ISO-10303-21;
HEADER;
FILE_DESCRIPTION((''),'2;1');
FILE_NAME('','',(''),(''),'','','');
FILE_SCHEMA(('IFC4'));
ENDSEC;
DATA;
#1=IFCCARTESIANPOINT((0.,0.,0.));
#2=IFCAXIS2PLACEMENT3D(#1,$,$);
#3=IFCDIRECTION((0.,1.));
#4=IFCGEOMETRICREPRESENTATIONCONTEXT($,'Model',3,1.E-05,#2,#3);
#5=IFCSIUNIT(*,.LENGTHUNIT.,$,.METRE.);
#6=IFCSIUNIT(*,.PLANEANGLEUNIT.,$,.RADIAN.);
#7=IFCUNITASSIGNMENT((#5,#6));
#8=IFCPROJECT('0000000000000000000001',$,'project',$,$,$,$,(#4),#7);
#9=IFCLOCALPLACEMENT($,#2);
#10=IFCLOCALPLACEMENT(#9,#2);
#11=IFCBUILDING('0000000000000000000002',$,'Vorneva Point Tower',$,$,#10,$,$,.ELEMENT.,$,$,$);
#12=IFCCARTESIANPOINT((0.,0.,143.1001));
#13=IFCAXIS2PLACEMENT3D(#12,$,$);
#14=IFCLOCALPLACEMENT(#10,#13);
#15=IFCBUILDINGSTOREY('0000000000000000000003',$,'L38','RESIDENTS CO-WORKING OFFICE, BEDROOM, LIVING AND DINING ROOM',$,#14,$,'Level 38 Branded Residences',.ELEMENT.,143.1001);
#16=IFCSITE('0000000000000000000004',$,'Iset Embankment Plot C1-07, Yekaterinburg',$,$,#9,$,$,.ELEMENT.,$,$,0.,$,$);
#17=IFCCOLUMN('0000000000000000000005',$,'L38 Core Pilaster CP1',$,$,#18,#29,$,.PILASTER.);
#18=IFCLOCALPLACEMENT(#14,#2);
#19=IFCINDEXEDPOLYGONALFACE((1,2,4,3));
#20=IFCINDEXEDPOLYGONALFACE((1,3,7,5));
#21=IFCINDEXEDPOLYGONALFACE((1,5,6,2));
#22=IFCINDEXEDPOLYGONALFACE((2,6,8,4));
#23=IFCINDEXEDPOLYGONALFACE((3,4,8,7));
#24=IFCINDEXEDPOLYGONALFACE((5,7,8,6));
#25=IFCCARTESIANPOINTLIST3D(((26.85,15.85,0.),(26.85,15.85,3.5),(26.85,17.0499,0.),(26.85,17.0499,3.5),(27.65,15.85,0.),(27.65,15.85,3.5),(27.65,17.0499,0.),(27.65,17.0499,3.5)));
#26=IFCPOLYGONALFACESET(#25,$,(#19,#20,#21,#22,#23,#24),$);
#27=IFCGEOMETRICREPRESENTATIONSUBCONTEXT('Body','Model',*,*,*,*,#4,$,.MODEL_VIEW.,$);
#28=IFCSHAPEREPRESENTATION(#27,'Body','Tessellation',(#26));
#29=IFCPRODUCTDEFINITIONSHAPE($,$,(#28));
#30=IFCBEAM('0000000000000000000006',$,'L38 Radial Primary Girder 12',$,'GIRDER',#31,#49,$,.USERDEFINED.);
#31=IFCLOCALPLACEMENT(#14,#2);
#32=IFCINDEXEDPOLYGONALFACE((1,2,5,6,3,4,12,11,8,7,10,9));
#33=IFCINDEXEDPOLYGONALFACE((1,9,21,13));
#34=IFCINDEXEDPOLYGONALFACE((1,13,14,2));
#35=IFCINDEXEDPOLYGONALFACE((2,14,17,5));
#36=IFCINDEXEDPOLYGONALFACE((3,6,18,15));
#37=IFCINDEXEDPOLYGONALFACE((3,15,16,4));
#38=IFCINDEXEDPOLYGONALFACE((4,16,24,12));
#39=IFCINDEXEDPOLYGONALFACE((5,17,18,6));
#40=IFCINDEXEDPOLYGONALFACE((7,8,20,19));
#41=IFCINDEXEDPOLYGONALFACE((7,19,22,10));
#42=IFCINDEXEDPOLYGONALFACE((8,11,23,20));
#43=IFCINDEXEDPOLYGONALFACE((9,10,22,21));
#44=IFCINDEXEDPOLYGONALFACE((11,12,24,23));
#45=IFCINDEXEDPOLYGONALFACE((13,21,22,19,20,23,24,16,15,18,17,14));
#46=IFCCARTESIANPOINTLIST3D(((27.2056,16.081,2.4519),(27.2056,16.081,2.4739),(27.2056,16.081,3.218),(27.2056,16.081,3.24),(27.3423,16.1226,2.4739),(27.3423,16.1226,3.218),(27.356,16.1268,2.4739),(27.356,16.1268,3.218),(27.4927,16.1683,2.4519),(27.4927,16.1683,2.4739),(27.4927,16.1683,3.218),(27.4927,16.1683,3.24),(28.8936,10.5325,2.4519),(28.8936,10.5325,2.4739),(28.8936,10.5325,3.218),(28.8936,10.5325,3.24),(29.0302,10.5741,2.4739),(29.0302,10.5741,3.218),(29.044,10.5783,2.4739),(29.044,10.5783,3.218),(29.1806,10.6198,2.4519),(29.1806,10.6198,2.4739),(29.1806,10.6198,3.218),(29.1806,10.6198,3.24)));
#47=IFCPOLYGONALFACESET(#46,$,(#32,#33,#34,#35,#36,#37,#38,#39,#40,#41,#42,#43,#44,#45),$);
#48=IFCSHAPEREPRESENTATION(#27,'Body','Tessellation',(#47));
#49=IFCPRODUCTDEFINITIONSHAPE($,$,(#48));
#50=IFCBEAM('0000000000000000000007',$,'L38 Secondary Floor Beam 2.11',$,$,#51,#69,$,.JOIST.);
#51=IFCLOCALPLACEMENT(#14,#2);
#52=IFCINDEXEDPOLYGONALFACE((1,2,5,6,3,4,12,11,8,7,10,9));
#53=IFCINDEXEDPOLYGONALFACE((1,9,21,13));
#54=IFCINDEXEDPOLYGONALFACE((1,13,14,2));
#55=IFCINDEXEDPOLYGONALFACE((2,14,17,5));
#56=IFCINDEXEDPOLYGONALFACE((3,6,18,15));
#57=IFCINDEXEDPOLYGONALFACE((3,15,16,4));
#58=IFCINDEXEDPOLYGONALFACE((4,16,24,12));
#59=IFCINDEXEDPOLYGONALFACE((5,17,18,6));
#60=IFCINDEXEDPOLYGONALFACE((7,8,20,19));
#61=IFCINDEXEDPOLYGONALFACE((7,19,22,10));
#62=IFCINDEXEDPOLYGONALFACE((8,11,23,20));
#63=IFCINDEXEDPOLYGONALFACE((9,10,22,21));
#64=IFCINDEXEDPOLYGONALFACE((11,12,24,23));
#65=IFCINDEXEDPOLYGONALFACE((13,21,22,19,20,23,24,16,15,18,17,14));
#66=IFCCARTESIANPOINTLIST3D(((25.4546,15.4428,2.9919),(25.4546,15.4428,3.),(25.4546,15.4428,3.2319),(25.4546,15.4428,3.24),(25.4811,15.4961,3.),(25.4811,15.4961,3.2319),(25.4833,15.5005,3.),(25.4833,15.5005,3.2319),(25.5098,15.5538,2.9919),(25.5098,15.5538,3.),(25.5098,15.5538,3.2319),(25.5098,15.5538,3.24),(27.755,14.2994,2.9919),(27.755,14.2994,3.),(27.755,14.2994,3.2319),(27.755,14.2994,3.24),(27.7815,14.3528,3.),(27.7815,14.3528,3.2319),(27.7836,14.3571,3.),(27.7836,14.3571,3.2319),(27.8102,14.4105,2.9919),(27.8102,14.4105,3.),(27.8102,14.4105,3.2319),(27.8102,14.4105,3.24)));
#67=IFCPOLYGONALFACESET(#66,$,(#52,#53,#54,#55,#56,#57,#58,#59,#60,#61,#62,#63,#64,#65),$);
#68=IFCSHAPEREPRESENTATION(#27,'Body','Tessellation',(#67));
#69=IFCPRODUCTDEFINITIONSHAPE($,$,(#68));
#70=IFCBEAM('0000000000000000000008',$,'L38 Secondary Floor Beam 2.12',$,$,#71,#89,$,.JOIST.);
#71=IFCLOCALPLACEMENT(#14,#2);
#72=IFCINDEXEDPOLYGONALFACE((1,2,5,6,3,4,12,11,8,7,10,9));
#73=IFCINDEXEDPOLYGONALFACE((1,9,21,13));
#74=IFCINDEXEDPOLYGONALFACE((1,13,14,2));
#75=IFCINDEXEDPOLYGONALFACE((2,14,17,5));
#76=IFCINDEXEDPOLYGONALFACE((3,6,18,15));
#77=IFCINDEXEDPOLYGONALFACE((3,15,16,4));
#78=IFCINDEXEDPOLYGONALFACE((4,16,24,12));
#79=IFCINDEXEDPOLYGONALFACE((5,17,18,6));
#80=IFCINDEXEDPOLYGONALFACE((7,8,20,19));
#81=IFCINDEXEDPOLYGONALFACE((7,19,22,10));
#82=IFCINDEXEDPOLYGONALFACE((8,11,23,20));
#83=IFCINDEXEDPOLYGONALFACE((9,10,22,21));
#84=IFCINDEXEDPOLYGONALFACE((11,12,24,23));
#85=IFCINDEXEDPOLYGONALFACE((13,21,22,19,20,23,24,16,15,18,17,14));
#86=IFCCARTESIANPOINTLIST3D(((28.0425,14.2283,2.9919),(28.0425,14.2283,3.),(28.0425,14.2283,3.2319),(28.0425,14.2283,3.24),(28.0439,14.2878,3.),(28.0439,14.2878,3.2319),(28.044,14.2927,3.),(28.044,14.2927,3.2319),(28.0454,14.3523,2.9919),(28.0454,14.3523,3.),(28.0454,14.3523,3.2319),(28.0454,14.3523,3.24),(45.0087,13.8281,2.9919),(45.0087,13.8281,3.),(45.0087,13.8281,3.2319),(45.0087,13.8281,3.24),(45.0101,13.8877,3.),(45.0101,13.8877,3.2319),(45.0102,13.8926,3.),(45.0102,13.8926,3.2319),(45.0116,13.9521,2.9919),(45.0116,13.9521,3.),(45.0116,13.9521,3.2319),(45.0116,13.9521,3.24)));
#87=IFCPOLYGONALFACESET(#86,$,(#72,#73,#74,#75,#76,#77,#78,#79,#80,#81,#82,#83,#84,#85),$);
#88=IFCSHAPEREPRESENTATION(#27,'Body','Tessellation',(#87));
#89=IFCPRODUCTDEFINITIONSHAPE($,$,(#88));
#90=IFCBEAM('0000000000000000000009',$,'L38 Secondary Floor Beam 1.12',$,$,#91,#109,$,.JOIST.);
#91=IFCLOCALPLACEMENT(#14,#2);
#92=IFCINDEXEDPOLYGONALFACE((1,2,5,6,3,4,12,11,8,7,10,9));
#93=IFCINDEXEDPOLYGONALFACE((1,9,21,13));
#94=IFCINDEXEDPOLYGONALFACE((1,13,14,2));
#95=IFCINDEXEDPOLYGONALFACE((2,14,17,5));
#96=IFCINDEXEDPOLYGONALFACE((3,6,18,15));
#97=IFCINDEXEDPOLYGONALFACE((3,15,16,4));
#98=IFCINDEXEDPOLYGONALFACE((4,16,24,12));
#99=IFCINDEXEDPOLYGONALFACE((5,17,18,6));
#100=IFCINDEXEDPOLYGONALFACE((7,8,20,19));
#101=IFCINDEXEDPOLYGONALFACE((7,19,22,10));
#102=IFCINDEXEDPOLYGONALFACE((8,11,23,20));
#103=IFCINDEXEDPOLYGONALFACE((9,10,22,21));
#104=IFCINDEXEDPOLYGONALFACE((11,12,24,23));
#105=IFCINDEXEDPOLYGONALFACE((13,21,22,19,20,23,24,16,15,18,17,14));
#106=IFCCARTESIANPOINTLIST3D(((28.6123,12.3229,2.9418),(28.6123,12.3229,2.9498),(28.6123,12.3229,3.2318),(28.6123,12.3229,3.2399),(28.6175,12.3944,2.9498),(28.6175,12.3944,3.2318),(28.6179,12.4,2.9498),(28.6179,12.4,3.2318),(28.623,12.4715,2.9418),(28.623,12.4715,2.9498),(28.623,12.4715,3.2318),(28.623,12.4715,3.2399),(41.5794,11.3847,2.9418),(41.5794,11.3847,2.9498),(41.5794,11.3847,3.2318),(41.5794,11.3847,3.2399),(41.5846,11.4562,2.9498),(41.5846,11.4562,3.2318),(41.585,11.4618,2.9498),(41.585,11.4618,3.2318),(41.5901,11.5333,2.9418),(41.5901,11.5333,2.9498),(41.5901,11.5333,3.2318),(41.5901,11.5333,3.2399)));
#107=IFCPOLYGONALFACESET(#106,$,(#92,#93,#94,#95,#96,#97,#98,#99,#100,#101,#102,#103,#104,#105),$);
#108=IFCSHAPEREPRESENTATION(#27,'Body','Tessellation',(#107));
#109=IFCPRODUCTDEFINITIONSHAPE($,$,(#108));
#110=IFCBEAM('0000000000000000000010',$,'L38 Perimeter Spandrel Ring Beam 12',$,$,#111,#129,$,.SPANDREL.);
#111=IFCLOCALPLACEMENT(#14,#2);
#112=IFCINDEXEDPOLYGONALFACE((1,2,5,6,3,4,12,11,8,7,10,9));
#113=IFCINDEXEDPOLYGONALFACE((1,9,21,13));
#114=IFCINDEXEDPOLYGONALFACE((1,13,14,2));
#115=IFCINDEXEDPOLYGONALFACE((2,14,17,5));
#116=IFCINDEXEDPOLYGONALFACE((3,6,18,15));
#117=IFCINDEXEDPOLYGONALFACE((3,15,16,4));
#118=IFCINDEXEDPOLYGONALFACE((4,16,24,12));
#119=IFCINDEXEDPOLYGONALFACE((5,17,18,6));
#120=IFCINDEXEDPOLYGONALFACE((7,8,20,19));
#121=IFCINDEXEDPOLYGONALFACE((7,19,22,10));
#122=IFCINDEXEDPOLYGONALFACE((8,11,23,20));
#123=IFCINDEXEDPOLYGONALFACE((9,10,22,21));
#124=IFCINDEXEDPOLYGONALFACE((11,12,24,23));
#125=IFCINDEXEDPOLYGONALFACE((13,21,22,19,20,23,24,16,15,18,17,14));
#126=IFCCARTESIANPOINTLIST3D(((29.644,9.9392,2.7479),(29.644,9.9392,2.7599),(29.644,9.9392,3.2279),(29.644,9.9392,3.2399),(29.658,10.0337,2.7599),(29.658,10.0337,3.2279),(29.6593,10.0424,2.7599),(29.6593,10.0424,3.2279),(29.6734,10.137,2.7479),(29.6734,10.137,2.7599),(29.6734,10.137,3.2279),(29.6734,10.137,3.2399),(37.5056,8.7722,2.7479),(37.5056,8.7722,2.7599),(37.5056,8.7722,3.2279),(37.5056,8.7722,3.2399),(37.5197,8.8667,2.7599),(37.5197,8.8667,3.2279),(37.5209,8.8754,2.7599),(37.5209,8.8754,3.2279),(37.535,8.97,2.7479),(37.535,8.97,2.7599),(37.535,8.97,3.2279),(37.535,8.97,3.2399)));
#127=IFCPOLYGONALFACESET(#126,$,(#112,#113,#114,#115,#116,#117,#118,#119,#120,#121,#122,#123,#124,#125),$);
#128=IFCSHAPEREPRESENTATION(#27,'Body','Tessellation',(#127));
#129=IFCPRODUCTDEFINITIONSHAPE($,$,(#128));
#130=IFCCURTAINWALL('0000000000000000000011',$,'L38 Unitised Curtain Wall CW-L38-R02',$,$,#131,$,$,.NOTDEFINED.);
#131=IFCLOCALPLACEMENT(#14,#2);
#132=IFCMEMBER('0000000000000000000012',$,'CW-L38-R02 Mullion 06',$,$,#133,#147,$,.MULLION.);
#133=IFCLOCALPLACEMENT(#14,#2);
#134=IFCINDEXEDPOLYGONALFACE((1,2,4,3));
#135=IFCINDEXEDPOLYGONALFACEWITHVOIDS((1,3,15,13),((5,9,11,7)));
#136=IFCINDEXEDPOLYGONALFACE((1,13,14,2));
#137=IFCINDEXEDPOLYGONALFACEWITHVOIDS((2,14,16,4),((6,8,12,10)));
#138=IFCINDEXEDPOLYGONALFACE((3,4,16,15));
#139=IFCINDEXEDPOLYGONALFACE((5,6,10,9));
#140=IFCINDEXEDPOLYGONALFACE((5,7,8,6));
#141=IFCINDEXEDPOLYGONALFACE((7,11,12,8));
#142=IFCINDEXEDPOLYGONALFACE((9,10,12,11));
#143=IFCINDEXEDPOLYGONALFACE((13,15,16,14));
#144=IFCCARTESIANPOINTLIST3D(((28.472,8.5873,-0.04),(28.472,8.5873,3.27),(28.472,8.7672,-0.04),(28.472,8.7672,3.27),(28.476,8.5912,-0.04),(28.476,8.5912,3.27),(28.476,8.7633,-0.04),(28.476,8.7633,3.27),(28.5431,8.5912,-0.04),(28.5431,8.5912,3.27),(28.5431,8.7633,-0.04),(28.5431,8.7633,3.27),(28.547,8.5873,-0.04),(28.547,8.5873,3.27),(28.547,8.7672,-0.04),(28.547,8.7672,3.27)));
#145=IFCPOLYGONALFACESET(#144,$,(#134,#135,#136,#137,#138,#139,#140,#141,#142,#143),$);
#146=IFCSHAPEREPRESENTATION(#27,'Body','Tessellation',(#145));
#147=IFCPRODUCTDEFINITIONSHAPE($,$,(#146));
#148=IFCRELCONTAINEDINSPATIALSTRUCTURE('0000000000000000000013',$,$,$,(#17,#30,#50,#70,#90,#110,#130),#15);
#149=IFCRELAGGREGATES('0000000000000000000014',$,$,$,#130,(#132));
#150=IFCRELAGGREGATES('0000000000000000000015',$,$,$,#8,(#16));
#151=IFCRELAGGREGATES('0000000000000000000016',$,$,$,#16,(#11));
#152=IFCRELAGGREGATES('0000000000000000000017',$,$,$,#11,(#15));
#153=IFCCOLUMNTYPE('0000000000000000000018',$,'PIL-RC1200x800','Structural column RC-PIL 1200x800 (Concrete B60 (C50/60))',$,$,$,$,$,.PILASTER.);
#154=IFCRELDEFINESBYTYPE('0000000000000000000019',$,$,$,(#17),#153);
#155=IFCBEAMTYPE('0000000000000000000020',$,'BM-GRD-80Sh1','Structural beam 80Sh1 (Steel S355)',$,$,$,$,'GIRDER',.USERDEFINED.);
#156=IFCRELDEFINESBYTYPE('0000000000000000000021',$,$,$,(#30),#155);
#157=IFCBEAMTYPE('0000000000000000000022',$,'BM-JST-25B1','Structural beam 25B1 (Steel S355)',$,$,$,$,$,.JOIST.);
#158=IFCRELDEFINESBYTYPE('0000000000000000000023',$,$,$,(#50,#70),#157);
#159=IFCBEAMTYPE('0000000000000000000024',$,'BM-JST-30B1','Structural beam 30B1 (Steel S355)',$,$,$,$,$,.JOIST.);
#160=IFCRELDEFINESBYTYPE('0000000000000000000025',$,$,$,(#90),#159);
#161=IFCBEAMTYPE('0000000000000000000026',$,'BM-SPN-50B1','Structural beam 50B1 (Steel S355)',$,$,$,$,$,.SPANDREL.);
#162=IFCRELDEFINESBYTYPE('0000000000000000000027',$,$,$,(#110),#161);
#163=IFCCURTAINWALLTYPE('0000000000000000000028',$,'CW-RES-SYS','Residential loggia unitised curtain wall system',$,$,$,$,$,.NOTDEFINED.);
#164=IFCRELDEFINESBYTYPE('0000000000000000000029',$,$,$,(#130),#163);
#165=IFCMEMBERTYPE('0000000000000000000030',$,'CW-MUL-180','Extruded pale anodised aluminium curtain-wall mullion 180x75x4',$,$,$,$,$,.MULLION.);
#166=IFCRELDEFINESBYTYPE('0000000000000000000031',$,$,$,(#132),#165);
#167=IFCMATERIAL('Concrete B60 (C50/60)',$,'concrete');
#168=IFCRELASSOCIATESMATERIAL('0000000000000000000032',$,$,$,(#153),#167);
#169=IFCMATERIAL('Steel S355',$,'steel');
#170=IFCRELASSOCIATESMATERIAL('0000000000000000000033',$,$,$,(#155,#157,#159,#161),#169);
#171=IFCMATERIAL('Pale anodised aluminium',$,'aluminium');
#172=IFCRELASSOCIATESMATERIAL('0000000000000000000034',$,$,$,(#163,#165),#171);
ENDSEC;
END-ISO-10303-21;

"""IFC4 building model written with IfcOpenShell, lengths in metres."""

from ifc_helpers import new_model, si_unit, direction, frame, origin, origin_2d, place, context, subcontext, project, spatial, rectangle, hollow_rectangle, i_section, extrude, material, material_profile, profile_set, type_object, element, aggregate, save


model = new_model("IFC4")

# Units and contexts
model_context = context("Model", 3, precision=1e-05, world=origin(), true_north=direction((0.0, 1.0)))
body_context = subcontext(model_context, "Body", "Model", "MODEL_VIEW")
ifc_project = project(units=[si_unit("LENGTHUNIT", "METRE"), si_unit("PLANEANGLEUNIT", "RADIAN")], contexts=[model_context])

# Site, building, storey
site_placement = place(None, origin())
site = spatial("IfcSite", under=ifc_project, at=site_placement, Name="Iset Embankment Plot C1-07, Yekaterinburg", CompositionType="ELEMENT", RefElevation=0.0)
building_placement = place(site_placement, origin())
building = spatial("IfcBuilding", under=site, at=building_placement, Name="Vorneva Point Tower", CompositionType="ELEMENT")
storey_placement = place(building_placement, frame((0.0, 0.0, 143.1001)))
storey = spatial("IfcBuildingStorey", under=building, at=storey_placement, Name="L38", Description="RESIDENTS CO-WORKING OFFICE, BEDROOM, LIVING AND DINING ROOM", LongName="Level 38 Branded Residences", CompositionType="ELEMENT", Elevation=143.1001)

# Column
ifc_material_1 = material(Name="Concrete B60 (C50/60)", Category="concrete")
ifc_material_profile_1 = material_profile(ifc_material_1, rectangle(XDim=0.8, YDim=1.2, at=origin_2d()), Name="RC-PIL 1200x800")
ifc_profile_set_1 = profile_set([ifc_material_profile_1], Name="Concrete B60 (C50/60)")
column_type_1 = type_object("IfcColumnType", Name="PIL-RC1200x800", Description="Structural column RC-PIL 1200x800 (Concrete B60 (C50/60))", PredefinedType="PILASTER", material=ifc_profile_set_1)
column_1_placement = place(storey_placement, frame((27.25, 16.45, 0.0), z_axis=(0.0, 0.0, 1.0), x_axis=(1.0, 0.0, 0.0)))
element("IfcColumn", 1, at=column_1_placement, inside=storey, type_object=column_type_1, Name="L38 Core Pilaster CP1", PredefinedType="PILASTER", context=body_context, shape_type="SweptSolid", body=[
    extrude(rectangle(XDim=0.8, YDim=1.2, at=origin_2d()), origin(), (0.0, 0.0, 1.0), 3.5),
])

# Beams
ifc_material_2 = material(Name="Steel S355", Category="steel")
ifc_material_profile_2 = material_profile(ifc_material_2, i_section(OverallWidth=0.3, OverallDepth=0.7881, WebThickness=0.0144, FlangeThickness=0.022, at=origin_2d()), Name="80Sh1")
ifc_profile_set_2 = profile_set([ifc_material_profile_2], Name="Steel S355")
beam_type_1 = type_object("IfcBeamType", Name="BM-GRD-80Sh1", Description="Structural beam 80Sh1 (Steel S355)", ElementType="GIRDER", PredefinedType="USERDEFINED", material=ifc_profile_set_2)
beam_1_placement = place(storey_placement, frame((29.0371, 10.5762, 2.8459), z_axis=(-0.291049, 0.956708, 0.0), x_axis=(-0.956708, -0.291049, 0.0)))
element("IfcBeam", 2, at=beam_1_placement, inside=storey, type_object=beam_type_1, Name="L38 Radial Primary Girder 12", ObjectType="GIRDER", PredefinedType="USERDEFINED", context=body_context, shape_type="SweptSolid", body=[
    extrude(i_section(OverallWidth=0.3, OverallDepth=0.7881, WebThickness=0.0144, FlangeThickness=0.022, at=origin_2d()), origin(), (0.0, 0.0, 1.0), 5.7996),
])
ifc_material_profile_3 = material_profile(ifc_material_2, i_section(OverallWidth=0.124, OverallDepth=0.248, WebThickness=0.0049, FlangeThickness=0.0081, at=origin_2d()), Name="25B1")
ifc_profile_set_3 = profile_set([ifc_material_profile_3], Name="Steel S355")
beam_type_2 = type_object("IfcBeamType", Name="BM-JST-25B1", Description="Structural beam 25B1 (Steel S355)", PredefinedType="JOIST", material=ifc_profile_set_3)
beam_2_placement = place(storey_placement, frame((25.4822, 15.4983, 3.116), z_axis=(0.895489, -0.445083, 0.0), x_axis=(0.445083, 0.895489, 0.0)))
element("IfcBeam", 3, at=beam_2_placement, inside=storey, type_object=beam_type_2, Name="L38 Secondary Floor Beam 2.11", PredefinedType="JOIST", context=body_context, shape_type="SweptSolid", body=[
    extrude(i_section(OverallWidth=0.124, OverallDepth=0.248, WebThickness=0.0049, FlangeThickness=0.0081, at=origin_2d()), origin(), (0.0, 0.0, 1.0), 2.5688),
])
beam_3_placement = place(storey_placement, frame((28.0439, 14.2903, 3.116), z_axis=(0.999722, -0.023578, 0.0), x_axis=(0.023578, 0.999722, 0.0)))
element("IfcBeam", 4, at=beam_3_placement, inside=storey, type_object=beam_type_2, Name="L38 Secondary Floor Beam 2.12", PredefinedType="JOIST", context=body_context, shape_type="SweptSolid", body=[
    extrude(i_section(OverallWidth=0.124, OverallDepth=0.248, WebThickness=0.0049, FlangeThickness=0.0081, at=origin_2d()), origin(), (0.0, 0.0, 1.0), 16.9709),
])
ifc_material_profile_4 = material_profile(ifc_material_2, i_section(OverallWidth=0.1489, OverallDepth=0.2981, WebThickness=0.0056, FlangeThickness=0.0081, at=origin_2d()), Name="30B1")
ifc_profile_set_4 = profile_set([ifc_material_profile_4], Name="Steel S355")
beam_type_3 = type_object("IfcBeamType", Name="BM-JST-30B1", Description="Structural beam 30B1 (Steel S355)", PredefinedType="JOIST", material=ifc_profile_set_4)
beam_4_placement = place(storey_placement, frame((28.6177, 12.3972, 3.0908), z_axis=(0.997393, -0.072167, 0.0), x_axis=(0.072167, 0.997393, 0.0)))
element("IfcBeam", 5, at=beam_4_placement, inside=storey, type_object=beam_type_3, Name="L38 Secondary Floor Beam 1.12", PredefinedType="JOIST", context=body_context, shape_type="SweptSolid", body=[
    extrude(i_section(OverallWidth=0.1489, OverallDepth=0.2981, WebThickness=0.0056, FlangeThickness=0.0081, at=origin_2d()), origin(), (0.0, 0.0, 1.0), 13.001),
])
ifc_material_profile_5 = material_profile(ifc_material_2, i_section(OverallWidth=0.2, OverallDepth=0.4919, WebThickness=0.0088, FlangeThickness=0.012, at=origin_2d()), Name="50B1")
ifc_profile_set_5 = profile_set([ifc_material_profile_5], Name="Steel S355")
beam_type_4 = type_object("IfcBeamType", Name="BM-SPN-50B1", Description="Structural beam 50B1 (Steel S355)", PredefinedType="SPANDREL", material=ifc_profile_set_5)
beam_5_placement = place(storey_placement, frame((29.6587, 10.0381, 2.9939), z_axis=(0.989161, -0.146834, 0.0), x_axis=(0.146834, 0.989161, 0.0)))
element("IfcBeam", 6, at=beam_5_placement, inside=storey, type_object=beam_type_4, Name="L38 Perimeter Spandrel Ring Beam 12", PredefinedType="SPANDREL", context=body_context, shape_type="SweptSolid", body=[
    extrude(i_section(OverallWidth=0.2, OverallDepth=0.4919, WebThickness=0.0088, FlangeThickness=0.012, at=origin_2d()), origin(), (0.0, 0.0, 1.0), 7.9478),
])

# Curtain wall, member
ifc_material_3 = material(Name="Pale anodised aluminium", Category="aluminium")
curtain_wall_type = type_object("IfcCurtainWallType", Name="CW-RES-SYS", Description="Residential loggia unitised curtain wall system", PredefinedType="NOTDEFINED", material=ifc_material_3)
curtain_wall_placement = place(storey_placement, origin())
curtain_wall = element("IfcCurtainWall", 7, at=curtain_wall_placement, inside=storey, type_object=curtain_wall_type, Name="L38 Unitised Curtain Wall CW-L38-R02", PredefinedType="NOTDEFINED")
ifc_material_profile_6 = material_profile(ifc_material_3, hollow_rectangle(XDim=0.075, YDim=0.1799, WallThickness=0.0039, at=origin_2d()), Name="AL-MUL 180x75x4")
ifc_profile_set_6 = profile_set([ifc_material_profile_6], Name="Pale anodised aluminium")
member_type = type_object("IfcMemberType", Name="CW-MUL-180", Description="Extruded pale anodised aluminium curtain-wall mullion 180x75x4", PredefinedType="MULLION", material=ifc_profile_set_6)
member_placement = place(storey_placement, frame((28.5095, 8.6772, -0.04), z_axis=(0.0, 0.0, 1.0), x_axis=(1.0, 0.0, 0.0)))
member = element("IfcMember", 8, at=member_placement, type_object=member_type, Name="CW-L38-R02 Mullion 06", PredefinedType="MULLION", context=body_context, shape_type="SweptSolid", body=[
    extrude(hollow_rectangle(XDim=0.075, YDim=0.1799, WallThickness=0.0039, at=origin_2d()), origin(), (0.0, 0.0, 1.0), 3.3101),
])
aggregate(curtain_wall, [member])

save(model, "model.ifc")
